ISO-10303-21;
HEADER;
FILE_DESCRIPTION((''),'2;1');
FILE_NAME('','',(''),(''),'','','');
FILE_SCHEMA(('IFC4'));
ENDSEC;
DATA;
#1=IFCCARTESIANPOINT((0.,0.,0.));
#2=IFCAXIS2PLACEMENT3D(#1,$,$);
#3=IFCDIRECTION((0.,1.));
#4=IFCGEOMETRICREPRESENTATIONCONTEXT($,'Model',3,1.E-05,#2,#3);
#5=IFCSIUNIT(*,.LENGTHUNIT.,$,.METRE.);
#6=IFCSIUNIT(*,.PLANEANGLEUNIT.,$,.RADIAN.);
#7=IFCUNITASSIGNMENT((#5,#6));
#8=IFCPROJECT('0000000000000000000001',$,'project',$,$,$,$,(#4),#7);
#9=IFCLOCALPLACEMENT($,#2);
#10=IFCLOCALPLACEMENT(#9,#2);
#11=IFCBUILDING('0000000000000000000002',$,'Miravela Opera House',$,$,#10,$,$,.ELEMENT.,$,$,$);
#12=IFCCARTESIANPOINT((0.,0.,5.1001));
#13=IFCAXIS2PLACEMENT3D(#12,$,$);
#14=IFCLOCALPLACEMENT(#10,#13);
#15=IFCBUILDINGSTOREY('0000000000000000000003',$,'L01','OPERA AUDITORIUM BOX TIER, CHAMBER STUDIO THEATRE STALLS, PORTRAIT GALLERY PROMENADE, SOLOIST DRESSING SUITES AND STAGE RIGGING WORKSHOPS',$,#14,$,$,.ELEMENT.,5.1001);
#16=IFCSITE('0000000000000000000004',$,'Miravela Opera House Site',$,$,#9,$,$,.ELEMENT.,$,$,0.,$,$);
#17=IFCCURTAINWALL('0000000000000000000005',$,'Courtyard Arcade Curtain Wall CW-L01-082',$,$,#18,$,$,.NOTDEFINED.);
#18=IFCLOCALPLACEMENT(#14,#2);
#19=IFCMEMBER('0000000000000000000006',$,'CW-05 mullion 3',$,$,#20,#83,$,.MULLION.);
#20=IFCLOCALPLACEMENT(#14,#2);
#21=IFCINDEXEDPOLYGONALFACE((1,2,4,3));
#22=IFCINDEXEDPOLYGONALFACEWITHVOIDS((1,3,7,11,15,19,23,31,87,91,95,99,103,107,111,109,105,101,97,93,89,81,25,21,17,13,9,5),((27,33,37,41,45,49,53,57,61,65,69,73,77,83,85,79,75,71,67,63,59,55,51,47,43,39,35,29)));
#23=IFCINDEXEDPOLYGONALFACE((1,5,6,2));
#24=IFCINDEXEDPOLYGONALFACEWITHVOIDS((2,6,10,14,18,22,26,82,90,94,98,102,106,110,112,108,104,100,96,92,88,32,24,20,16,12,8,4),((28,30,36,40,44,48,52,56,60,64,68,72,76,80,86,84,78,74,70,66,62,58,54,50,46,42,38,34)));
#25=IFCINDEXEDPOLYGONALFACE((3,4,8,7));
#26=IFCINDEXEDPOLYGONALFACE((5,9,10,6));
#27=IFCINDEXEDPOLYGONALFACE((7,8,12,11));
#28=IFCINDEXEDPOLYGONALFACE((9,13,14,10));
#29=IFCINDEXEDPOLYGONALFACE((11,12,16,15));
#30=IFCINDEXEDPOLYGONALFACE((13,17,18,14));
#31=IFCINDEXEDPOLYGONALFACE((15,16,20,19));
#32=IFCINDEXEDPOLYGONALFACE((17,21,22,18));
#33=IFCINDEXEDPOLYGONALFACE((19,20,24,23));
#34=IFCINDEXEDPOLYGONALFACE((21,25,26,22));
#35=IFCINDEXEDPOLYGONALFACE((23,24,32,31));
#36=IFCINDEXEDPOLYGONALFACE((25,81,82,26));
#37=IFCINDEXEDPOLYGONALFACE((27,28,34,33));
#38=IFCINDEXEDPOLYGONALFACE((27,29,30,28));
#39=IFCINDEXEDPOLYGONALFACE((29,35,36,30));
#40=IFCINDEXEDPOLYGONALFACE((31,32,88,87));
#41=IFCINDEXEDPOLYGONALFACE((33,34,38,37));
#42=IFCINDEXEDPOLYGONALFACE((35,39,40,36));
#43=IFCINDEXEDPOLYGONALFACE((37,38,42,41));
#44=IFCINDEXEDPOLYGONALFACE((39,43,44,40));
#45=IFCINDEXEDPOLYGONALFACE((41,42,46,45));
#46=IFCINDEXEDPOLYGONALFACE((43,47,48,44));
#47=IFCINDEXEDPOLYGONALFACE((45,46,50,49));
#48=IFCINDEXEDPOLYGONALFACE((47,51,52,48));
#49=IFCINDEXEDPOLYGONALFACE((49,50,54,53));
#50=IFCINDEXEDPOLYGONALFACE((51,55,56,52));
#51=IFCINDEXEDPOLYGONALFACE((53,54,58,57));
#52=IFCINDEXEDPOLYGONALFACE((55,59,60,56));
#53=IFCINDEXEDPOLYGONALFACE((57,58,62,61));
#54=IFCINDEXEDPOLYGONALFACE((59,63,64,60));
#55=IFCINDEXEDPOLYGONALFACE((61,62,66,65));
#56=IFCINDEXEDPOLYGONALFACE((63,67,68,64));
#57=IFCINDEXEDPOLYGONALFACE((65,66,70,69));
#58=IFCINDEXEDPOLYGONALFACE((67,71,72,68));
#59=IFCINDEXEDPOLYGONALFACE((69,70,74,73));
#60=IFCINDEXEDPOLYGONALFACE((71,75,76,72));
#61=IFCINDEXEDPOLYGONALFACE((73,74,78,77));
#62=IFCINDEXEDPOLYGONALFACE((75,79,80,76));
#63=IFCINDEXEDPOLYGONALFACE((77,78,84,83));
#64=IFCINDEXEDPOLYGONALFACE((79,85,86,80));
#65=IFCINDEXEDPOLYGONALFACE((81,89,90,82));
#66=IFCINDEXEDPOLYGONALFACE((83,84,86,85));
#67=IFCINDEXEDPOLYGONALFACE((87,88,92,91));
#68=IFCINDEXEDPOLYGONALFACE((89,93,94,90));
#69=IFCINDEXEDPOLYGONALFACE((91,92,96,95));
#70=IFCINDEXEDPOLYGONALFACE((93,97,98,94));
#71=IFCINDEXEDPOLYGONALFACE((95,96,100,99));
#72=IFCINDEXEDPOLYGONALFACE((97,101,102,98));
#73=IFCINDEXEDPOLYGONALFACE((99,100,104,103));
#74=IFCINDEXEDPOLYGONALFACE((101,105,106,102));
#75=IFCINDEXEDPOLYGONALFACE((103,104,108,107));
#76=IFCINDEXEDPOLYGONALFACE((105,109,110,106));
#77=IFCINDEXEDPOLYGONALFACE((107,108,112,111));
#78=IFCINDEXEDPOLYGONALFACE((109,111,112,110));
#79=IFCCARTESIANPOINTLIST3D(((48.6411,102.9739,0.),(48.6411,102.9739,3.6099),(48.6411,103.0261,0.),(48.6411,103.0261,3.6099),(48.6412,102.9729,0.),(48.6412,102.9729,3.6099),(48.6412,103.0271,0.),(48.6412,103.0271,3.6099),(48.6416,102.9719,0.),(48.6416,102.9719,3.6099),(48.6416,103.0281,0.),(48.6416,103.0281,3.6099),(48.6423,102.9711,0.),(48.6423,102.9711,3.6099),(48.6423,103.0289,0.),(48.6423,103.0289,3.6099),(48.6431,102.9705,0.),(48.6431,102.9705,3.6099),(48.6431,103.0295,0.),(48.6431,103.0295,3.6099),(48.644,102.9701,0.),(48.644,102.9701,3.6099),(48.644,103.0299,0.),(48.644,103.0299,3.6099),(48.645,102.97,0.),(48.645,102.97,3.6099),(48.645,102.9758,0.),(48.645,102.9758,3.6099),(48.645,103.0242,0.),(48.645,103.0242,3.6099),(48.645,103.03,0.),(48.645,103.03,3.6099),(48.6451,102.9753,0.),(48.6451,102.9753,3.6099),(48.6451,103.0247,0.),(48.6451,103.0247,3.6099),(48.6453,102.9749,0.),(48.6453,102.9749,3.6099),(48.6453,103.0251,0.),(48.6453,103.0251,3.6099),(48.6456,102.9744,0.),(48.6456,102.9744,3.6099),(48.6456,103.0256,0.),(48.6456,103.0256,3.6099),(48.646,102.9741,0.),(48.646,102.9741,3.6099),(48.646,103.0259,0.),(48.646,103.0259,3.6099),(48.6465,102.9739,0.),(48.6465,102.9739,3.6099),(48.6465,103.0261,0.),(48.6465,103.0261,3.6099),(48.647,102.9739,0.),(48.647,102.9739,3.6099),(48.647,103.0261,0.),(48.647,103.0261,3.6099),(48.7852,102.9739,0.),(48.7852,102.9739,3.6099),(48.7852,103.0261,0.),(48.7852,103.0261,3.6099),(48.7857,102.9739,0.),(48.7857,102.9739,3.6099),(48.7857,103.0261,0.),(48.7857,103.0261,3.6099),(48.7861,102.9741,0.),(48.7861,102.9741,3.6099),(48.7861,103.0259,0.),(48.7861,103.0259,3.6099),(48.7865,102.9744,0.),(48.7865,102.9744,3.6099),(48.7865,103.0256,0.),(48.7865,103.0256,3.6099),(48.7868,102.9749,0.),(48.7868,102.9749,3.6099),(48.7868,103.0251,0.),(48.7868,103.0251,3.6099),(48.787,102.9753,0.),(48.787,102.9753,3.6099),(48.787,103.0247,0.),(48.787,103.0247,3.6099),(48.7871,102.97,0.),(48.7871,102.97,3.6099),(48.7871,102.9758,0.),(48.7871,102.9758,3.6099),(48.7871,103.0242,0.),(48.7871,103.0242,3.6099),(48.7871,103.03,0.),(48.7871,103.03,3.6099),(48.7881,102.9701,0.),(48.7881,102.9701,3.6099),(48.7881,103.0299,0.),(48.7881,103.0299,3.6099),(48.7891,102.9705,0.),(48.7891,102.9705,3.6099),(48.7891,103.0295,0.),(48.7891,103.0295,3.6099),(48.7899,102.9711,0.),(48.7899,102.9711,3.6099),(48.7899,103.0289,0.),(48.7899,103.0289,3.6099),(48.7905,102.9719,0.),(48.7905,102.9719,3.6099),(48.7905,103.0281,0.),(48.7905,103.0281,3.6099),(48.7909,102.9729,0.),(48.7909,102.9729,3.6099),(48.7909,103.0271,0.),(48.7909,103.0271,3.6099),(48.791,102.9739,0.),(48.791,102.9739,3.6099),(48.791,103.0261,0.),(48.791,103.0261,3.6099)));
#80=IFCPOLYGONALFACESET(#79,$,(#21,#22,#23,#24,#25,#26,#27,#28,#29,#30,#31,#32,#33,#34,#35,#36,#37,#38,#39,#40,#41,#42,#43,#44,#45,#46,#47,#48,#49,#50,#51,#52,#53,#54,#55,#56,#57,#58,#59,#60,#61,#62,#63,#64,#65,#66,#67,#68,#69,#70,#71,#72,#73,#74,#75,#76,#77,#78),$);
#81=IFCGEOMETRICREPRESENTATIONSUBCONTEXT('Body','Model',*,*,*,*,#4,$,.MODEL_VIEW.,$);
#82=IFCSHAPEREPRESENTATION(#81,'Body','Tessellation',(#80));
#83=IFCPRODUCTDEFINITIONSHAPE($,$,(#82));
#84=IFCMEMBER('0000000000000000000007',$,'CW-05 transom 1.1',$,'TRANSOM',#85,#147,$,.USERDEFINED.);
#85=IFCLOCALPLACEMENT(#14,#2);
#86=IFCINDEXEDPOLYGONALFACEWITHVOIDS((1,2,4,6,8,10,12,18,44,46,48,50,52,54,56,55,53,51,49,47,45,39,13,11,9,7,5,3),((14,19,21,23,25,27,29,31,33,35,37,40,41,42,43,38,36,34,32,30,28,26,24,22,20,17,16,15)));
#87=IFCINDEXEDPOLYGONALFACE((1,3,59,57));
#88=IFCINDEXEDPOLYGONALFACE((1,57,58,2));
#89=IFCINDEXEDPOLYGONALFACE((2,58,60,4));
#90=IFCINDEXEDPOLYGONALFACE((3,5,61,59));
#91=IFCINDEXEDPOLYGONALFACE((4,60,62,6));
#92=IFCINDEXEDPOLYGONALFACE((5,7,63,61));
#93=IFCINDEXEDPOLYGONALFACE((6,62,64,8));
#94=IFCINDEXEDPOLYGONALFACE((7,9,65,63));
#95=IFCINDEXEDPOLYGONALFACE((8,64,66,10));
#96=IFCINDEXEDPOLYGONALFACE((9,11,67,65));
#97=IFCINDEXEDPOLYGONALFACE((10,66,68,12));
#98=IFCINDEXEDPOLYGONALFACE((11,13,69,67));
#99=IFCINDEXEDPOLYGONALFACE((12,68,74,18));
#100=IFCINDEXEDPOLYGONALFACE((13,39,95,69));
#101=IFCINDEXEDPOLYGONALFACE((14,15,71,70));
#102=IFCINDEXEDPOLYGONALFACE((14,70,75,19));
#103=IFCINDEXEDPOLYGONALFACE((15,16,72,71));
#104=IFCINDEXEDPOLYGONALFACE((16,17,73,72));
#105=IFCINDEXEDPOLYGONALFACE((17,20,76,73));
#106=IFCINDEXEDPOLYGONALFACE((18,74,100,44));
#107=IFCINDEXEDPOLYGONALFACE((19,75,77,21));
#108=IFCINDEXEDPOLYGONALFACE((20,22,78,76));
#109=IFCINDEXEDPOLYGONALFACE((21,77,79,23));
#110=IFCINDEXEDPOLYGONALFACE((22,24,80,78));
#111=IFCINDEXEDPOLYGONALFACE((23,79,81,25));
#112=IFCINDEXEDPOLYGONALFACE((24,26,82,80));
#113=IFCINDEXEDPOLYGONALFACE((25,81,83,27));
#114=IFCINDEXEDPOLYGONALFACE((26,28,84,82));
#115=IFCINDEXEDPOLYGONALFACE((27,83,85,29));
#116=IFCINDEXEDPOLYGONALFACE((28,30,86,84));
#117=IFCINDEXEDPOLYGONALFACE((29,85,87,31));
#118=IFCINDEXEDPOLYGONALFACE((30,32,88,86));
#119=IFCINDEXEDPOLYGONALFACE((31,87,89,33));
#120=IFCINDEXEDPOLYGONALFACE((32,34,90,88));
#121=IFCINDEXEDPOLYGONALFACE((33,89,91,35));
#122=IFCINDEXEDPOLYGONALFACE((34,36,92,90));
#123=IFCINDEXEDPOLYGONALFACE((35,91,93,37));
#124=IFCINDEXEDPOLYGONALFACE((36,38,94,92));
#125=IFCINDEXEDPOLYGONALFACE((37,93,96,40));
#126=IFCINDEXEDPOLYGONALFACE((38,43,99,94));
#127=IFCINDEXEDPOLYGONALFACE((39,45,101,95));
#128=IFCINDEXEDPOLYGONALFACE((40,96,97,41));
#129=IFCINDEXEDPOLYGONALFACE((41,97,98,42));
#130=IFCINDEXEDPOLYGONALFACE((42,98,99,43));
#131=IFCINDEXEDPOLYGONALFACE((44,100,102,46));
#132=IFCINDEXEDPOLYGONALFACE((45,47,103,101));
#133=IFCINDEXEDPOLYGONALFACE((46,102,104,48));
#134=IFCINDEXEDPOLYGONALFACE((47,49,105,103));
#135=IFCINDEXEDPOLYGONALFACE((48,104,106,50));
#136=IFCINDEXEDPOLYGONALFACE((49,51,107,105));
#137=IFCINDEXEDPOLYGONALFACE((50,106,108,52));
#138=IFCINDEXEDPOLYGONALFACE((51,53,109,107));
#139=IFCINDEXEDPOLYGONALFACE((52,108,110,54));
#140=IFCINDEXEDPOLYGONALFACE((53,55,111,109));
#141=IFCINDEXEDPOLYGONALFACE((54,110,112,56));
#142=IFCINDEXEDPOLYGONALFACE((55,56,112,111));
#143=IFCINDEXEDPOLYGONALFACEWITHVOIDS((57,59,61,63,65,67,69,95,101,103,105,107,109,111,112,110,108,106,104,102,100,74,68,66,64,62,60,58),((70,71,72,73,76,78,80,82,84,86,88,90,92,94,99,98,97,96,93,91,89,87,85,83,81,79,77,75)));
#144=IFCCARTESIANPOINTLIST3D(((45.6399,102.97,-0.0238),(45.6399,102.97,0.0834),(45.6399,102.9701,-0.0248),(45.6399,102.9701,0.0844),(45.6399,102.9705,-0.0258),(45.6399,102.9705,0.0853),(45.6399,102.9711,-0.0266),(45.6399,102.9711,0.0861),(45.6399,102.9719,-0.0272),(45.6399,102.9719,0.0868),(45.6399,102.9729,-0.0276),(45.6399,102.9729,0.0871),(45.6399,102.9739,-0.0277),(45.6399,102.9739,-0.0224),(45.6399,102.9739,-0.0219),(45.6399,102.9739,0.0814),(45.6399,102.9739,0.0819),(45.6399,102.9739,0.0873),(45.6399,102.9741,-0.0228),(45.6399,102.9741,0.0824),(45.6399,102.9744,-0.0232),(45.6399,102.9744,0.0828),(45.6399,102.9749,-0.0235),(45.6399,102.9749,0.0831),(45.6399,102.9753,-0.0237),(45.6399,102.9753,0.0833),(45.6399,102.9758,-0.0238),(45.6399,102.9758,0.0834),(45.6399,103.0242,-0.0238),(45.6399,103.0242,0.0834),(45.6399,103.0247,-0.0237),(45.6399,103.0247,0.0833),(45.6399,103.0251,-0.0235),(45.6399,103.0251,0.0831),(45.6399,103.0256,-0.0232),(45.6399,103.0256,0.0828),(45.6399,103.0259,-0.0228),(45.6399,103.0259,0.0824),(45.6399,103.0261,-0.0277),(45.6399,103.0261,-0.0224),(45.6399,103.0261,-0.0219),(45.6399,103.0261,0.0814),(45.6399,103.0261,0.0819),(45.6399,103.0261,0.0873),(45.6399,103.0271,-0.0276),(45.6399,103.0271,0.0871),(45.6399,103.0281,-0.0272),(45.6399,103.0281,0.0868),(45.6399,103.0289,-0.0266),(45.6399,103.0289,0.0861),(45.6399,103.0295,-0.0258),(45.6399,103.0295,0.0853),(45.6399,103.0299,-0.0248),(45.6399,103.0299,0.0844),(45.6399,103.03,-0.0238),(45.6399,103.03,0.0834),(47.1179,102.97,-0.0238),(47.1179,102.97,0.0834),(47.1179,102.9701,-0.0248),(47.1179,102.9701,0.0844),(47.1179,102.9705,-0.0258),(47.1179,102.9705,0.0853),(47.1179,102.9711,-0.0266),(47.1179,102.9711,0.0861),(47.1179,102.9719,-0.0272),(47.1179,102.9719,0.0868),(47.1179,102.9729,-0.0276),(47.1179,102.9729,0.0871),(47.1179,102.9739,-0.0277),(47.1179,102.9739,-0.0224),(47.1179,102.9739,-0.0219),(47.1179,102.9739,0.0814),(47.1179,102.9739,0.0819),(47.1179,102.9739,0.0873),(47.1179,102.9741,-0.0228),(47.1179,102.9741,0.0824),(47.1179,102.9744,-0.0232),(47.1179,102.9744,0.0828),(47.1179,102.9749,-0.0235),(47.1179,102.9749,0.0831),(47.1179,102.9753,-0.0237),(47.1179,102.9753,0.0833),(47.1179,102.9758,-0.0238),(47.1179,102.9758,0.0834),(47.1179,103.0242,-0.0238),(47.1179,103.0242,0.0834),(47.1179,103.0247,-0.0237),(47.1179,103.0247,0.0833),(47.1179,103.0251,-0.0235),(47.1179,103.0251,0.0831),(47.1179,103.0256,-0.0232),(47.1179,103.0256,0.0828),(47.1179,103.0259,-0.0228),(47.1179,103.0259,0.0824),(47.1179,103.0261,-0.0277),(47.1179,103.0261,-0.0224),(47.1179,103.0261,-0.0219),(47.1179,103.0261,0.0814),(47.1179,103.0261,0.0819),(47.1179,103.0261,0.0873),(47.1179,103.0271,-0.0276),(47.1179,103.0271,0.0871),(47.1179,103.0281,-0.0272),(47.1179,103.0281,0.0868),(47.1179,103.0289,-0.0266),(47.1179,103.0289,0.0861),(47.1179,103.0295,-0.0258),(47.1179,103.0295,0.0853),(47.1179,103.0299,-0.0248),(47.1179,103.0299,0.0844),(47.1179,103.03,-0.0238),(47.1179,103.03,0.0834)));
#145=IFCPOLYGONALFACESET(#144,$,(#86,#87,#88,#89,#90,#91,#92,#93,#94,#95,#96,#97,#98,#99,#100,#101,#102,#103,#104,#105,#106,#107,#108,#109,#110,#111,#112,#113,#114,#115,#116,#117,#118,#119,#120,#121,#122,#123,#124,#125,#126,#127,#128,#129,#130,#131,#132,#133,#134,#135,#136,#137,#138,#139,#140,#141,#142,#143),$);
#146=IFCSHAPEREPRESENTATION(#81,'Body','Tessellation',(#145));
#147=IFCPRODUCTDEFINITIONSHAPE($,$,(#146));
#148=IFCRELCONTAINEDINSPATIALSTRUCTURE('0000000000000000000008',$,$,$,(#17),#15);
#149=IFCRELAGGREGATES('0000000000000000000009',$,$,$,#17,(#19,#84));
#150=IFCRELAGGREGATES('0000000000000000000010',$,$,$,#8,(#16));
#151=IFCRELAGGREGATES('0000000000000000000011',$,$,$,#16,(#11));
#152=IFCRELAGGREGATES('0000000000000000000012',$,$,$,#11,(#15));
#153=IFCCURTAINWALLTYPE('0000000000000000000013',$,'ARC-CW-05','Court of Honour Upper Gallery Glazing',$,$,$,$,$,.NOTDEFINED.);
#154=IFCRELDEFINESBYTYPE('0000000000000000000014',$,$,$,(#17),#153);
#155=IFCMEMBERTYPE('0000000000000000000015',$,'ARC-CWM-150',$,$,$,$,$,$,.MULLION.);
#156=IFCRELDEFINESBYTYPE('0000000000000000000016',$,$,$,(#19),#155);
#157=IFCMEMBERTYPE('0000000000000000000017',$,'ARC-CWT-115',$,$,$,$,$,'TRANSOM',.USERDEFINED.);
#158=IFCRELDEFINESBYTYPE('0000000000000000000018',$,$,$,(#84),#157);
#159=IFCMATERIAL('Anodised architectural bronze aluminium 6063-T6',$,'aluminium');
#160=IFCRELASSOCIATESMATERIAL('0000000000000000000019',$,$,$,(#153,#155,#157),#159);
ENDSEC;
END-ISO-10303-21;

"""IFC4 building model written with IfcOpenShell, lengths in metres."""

from ifc_helpers import new_model, si_unit, direction, frame, origin, origin_2d, place, context, subcontext, project, spatial, hollow_rectangle, extrude, material, material_profile, profile_set, type_object, element, aggregate, save


model = new_model("IFC4")

# Units and contexts
model_context = context("Model", 3, precision=1e-05, world=origin(), true_north=direction((0.0, 1.0)))
body_context = subcontext(model_context, "Body", "Model", "MODEL_VIEW")
ifc_project = project(units=[si_unit("LENGTHUNIT", "METRE"), si_unit("PLANEANGLEUNIT", "RADIAN")], contexts=[model_context])

# Site, building, storey
site_placement = place(None, origin())
site = spatial("IfcSite", under=ifc_project, at=site_placement, Name="Miravela Opera House Site", CompositionType="ELEMENT", RefElevation=0.0)
building_placement = place(site_placement, origin())
building = spatial("IfcBuilding", under=site, at=building_placement, Name="Miravela Opera House", CompositionType="ELEMENT")
storey_placement = place(building_placement, frame((0.0, 0.0, 5.1001)))
storey = spatial("IfcBuildingStorey", under=building, at=storey_placement, Name="L01", Description="OPERA AUDITORIUM BOX TIER, CHAMBER STUDIO THEATRE STALLS, PORTRAIT GALLERY PROMENADE, SOLOIST DRESSING SUITES AND STAGE RIGGING WORKSHOPS", CompositionType="ELEMENT", Elevation=5.1001)

# Curtain wall, members
ifc_material_1 = material(Name="Anodised architectural bronze aluminium 6063-T6", Category="aluminium")
curtain_wall_type = type_object("IfcCurtainWallType", Name="ARC-CW-05", Description="Court of Honour Upper Gallery Glazing", PredefinedType="NOTDEFINED", material=ifc_material_1)
curtain_wall_placement = place(storey_placement, origin())
curtain_wall = element("IfcCurtainWall", 1, at=curtain_wall_placement, inside=storey, type_object=curtain_wall_type, Name="Courtyard Arcade Curtain Wall CW-L01-082", PredefinedType="NOTDEFINED")
ifc_material_profile_1 = material_profile(ifc_material_1, hollow_rectangle(XDim=0.0601, YDim=0.1499, WallThickness=0.0039, InnerFilletRadius=0.002, OuterFilletRadius=0.0039, at=origin_2d()), Name="CWM-60X150")
ifc_profile_set_1 = profile_set([ifc_material_profile_1])
member_type_1 = type_object("IfcMemberType", Name="ARC-CWM-150", PredefinedType="MULLION", material=ifc_profile_set_1)
member_1_placement = place(storey_placement, frame((48.7161, 103.0, 0.0), z_axis=(0.0, 0.0, 1.0), x_axis=(0.0, 1.0, 0.0)))
member_1 = element("IfcMember", 2, at=member_1_placement, type_object=member_type_1, Name="CW-05 mullion 3", PredefinedType="MULLION", context=body_context, shape_type="SweptSolid", body=[
    extrude(hollow_rectangle(XDim=0.0601, YDim=0.1499, WallThickness=0.0039, InnerFilletRadius=0.002, OuterFilletRadius=0.0039, at=origin_2d()), origin(), (0.0, 0.0, 1.0), 3.6099),
])
ifc_material_profile_2 = material_profile(ifc_material_1, hollow_rectangle(XDim=0.0601, YDim=0.115, WallThickness=0.0039, InnerFilletRadius=0.002, OuterFilletRadius=0.0039, at=origin_2d()), Name="CWT-60X115")
ifc_profile_set_2 = profile_set([ifc_material_profile_2])
member_type_2 = type_object("IfcMemberType", Name="ARC-CWT-115", ElementType="TRANSOM", PredefinedType="USERDEFINED", material=ifc_profile_set_2)
member_2_placement = place(storey_placement, frame((45.6399, 103.0, 0.0298), z_axis=(1.0, 0.0, 0.0), x_axis=(0.0, 1.0, 0.0)))
member_2 = element("IfcMember", 3, at=member_2_placement, type_object=member_type_2, Name="CW-05 transom 1.1", ObjectType="TRANSOM", PredefinedType="USERDEFINED", context=body_context, shape_type="SweptSolid", body=[
    extrude(hollow_rectangle(XDim=0.0601, YDim=0.115, WallThickness=0.0039, InnerFilletRadius=0.002, OuterFilletRadius=0.0039, at=origin_2d()), origin(), (0.0, 0.0, 1.0), 1.478),
])

aggregate(curtain_wall, [member_1, member_2])

save(model, "model.ifc")
